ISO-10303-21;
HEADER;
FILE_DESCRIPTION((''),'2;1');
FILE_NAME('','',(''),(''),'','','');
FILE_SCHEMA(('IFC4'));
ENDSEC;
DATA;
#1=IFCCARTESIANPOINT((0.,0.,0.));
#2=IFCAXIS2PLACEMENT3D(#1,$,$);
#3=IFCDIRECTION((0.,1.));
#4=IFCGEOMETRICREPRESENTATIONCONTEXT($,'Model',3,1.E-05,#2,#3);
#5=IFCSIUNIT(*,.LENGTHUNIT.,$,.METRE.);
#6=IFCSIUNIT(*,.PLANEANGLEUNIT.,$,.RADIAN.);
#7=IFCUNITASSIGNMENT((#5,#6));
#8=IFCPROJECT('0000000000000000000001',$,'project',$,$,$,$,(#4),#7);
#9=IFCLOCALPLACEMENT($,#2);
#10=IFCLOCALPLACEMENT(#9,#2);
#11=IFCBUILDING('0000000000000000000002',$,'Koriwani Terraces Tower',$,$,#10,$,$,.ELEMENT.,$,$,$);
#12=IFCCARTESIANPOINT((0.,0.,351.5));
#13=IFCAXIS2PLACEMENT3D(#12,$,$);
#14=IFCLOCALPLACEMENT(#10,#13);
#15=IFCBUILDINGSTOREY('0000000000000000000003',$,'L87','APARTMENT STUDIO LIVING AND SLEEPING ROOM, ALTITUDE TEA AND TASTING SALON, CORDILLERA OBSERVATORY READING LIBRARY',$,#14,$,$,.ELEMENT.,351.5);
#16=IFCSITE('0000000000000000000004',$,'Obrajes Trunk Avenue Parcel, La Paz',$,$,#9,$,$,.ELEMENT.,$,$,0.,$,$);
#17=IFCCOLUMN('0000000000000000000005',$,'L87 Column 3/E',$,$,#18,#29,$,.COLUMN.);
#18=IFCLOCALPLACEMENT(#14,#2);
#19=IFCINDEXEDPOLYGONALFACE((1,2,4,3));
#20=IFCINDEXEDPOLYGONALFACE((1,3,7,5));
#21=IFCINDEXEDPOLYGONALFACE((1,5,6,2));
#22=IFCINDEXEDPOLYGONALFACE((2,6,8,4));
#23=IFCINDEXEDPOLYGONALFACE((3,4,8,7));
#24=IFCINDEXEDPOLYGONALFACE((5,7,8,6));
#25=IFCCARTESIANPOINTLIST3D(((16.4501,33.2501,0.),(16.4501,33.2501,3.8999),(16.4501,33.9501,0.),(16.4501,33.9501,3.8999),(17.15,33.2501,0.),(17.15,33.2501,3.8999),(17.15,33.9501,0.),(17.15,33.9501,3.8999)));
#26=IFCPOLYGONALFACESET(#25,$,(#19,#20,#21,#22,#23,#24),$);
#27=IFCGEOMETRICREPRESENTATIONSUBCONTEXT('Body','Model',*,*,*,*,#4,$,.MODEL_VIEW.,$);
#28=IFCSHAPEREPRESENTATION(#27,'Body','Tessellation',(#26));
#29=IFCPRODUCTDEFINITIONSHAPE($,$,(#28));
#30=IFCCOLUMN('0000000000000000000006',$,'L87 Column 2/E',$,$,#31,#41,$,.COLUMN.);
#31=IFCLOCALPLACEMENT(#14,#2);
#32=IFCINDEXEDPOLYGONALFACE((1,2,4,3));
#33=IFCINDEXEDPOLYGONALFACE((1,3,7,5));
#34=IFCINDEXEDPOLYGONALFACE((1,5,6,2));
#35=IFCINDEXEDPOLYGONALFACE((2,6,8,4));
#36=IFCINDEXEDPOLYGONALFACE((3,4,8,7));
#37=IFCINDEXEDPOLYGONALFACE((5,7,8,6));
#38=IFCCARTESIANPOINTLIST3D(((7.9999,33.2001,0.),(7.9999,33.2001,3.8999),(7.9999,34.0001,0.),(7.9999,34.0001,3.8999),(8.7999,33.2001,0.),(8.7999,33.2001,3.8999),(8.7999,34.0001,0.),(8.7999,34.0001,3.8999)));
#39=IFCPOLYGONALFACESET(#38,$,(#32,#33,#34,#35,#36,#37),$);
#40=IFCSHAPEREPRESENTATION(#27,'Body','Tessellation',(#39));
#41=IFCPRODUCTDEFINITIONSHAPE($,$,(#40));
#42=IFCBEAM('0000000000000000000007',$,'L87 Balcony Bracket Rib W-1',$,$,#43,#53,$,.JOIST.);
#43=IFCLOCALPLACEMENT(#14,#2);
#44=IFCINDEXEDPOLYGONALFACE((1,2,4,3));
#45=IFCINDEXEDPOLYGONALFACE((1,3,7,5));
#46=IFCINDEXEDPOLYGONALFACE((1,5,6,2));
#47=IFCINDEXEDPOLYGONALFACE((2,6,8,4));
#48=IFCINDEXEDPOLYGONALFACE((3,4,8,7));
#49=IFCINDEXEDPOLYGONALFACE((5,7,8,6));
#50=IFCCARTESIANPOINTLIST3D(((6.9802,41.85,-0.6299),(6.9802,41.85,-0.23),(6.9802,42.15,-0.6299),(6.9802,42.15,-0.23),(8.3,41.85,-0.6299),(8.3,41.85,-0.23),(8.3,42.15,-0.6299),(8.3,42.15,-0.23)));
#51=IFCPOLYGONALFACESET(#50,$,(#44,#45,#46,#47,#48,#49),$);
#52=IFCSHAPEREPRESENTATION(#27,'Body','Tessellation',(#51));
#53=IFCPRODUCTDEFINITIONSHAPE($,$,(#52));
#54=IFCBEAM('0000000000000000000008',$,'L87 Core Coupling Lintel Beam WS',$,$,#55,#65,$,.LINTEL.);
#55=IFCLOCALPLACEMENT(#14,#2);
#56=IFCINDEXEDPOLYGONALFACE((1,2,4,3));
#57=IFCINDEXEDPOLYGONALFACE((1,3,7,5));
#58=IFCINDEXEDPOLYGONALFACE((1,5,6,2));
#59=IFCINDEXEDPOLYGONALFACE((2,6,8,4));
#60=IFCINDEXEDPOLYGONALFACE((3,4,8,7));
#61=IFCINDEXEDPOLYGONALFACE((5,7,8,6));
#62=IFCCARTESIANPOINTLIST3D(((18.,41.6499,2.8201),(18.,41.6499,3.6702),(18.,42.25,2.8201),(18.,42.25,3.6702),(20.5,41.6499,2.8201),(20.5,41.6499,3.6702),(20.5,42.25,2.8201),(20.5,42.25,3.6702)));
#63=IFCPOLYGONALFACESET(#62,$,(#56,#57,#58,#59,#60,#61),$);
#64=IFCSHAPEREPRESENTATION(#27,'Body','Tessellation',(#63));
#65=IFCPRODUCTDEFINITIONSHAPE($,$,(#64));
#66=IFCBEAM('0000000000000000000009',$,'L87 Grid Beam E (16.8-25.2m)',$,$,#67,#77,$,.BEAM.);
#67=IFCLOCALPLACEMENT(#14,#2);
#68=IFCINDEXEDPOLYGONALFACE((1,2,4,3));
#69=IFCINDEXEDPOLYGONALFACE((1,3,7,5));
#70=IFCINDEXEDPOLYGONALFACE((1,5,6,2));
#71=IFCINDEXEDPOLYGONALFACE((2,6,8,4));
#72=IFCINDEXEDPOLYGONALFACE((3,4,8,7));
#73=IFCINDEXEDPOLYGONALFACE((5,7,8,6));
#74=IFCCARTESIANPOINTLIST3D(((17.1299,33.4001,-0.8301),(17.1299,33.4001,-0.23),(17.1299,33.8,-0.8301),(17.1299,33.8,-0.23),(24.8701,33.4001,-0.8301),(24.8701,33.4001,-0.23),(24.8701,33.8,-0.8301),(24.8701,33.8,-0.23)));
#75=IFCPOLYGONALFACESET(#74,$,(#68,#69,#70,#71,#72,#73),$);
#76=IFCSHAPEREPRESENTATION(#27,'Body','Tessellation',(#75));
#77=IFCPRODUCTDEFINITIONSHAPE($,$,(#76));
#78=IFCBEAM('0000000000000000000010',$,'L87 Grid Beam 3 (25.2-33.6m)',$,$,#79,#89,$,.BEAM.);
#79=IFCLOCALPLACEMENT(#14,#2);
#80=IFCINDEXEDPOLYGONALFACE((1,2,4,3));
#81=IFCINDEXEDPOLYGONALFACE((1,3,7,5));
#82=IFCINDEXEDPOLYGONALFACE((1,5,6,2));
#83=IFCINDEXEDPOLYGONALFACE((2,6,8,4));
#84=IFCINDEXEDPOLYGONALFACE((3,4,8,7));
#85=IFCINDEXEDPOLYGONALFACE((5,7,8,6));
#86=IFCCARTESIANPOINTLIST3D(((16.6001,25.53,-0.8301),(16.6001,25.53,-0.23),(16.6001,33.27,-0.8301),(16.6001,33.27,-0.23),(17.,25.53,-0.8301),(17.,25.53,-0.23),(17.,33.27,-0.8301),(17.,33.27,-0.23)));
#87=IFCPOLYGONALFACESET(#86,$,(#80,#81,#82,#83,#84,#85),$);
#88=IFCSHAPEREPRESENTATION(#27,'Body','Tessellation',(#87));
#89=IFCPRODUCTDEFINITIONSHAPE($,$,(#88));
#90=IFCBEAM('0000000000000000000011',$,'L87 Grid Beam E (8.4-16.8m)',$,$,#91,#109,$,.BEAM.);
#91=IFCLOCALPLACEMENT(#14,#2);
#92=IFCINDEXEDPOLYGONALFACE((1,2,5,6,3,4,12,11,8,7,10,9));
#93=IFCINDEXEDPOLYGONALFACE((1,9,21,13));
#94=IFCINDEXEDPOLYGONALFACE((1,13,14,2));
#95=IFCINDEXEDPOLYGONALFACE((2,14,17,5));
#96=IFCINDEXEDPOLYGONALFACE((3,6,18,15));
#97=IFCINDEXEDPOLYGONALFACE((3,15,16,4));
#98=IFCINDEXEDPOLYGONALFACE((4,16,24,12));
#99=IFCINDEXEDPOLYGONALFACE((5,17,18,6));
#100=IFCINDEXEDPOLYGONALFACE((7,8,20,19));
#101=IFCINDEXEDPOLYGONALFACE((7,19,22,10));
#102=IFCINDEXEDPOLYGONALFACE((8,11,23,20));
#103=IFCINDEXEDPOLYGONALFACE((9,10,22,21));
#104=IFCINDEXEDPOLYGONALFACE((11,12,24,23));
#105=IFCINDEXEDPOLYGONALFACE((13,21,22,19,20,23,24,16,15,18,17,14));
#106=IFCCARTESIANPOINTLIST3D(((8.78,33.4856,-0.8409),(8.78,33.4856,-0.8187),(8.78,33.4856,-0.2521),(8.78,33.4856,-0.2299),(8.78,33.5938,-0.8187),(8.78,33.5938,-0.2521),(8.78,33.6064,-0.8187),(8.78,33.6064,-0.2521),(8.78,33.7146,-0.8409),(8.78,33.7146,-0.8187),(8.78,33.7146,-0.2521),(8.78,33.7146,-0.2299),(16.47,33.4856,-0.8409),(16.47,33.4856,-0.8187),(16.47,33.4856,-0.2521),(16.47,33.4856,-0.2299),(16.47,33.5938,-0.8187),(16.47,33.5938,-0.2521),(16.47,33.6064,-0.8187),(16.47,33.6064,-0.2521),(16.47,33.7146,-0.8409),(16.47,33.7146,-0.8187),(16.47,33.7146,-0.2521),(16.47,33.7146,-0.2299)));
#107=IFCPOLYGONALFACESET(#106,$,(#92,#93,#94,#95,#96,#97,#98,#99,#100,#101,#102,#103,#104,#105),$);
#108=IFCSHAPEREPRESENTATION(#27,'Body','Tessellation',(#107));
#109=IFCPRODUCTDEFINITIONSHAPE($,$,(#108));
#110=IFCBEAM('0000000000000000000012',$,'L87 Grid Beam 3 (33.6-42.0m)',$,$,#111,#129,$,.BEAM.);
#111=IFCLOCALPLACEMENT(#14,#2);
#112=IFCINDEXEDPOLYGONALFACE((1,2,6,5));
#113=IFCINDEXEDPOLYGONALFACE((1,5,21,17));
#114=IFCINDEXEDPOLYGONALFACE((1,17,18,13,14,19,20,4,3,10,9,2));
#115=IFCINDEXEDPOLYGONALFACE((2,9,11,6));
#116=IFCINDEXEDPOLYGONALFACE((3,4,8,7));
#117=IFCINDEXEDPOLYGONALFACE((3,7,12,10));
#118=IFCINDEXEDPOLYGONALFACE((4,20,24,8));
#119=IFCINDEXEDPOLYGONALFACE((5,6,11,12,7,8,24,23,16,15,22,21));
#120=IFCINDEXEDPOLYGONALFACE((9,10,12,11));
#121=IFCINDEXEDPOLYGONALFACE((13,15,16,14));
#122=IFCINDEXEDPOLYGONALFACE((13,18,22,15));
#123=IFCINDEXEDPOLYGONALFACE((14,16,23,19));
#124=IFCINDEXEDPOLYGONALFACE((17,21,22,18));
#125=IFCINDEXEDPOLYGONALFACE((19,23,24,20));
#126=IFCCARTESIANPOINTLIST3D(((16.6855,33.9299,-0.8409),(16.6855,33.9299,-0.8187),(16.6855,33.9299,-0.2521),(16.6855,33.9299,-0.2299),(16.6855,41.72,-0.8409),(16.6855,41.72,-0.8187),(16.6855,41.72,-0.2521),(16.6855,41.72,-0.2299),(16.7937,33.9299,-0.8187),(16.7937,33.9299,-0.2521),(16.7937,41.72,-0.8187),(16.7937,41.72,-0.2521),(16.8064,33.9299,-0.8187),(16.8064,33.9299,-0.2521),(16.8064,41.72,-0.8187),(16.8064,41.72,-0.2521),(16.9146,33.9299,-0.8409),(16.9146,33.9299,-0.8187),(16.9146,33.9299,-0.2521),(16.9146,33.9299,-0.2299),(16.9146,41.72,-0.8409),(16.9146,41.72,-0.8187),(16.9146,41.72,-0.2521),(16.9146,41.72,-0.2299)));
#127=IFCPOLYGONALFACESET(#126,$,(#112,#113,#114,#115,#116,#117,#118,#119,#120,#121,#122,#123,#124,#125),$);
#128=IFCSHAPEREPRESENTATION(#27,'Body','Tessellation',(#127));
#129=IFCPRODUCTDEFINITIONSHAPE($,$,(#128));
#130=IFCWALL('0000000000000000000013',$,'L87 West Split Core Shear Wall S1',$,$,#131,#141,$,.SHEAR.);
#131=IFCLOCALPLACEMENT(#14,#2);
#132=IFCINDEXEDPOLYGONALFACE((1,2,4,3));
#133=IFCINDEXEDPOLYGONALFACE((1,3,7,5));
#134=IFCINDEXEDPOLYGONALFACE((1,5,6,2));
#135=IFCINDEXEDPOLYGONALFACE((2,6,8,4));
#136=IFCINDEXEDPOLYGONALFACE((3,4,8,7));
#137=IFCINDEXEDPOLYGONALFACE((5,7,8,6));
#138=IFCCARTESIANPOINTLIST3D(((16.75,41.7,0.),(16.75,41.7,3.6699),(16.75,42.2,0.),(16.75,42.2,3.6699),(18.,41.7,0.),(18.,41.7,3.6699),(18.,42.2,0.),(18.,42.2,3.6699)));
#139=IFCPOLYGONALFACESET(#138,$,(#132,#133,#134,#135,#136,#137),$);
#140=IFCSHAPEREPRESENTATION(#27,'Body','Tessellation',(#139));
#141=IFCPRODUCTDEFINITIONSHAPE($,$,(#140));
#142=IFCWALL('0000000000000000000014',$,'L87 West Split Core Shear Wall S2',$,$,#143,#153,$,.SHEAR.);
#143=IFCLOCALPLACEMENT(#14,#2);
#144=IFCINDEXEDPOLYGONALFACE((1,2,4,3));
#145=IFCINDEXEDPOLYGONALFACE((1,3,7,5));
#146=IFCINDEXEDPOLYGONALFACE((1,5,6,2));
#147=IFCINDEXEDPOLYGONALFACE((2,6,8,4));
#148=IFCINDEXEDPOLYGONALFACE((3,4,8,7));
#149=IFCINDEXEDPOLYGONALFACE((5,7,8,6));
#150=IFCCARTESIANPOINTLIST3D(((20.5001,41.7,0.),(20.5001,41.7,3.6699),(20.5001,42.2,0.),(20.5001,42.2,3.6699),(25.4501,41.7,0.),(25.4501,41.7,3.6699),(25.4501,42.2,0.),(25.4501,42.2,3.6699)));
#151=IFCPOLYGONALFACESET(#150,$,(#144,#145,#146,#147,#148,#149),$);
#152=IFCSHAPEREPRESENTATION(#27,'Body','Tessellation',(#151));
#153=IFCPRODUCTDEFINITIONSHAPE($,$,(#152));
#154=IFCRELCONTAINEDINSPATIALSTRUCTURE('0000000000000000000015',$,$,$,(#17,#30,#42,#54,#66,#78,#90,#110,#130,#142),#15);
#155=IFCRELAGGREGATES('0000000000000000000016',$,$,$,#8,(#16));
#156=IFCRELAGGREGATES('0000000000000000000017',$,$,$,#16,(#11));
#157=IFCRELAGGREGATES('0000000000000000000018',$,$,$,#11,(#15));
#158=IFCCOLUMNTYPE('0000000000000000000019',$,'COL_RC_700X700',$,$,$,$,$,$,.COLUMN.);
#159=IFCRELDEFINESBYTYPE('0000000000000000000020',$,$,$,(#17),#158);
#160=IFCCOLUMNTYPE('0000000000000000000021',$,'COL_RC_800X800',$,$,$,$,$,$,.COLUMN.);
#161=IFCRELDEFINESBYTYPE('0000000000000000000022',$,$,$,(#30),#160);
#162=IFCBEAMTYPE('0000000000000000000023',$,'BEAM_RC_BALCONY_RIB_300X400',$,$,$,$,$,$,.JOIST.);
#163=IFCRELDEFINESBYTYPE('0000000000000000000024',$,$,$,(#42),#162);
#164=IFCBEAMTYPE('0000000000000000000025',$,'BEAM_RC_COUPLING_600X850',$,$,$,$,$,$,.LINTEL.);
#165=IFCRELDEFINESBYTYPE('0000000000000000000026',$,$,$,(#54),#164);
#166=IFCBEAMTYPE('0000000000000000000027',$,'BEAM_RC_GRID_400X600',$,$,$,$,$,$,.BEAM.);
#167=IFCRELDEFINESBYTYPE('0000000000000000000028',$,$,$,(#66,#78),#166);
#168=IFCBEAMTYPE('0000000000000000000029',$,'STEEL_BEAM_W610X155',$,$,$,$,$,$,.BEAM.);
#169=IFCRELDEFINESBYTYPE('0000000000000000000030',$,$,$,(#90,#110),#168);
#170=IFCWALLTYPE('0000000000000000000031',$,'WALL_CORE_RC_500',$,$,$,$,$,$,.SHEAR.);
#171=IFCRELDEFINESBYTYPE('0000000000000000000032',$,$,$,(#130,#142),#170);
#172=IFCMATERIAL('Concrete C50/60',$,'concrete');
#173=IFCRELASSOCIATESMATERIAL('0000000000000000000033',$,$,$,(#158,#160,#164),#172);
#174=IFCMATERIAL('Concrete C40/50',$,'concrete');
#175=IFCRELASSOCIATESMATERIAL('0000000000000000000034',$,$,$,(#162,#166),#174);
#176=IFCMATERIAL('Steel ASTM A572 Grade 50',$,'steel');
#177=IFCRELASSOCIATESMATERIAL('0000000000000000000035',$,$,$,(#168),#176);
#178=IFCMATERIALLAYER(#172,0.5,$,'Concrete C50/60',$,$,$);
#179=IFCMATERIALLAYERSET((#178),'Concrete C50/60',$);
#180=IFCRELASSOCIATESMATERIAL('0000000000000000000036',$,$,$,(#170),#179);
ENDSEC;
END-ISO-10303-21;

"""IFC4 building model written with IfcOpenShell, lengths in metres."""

from ifc_helpers import new_model, si_unit, direction, frame, frame_2d, origin, origin_2d, place, context, subcontext, project, spatial, rectangle, i_section, extrude, material, layer, layer_set, material_profile, profile_set, type_object, element, save


model = new_model("IFC4")

# Units and contexts
model_context = context("Model", 3, precision=1e-05, world=origin(), true_north=direction((0.0, 1.0)))
body_context = subcontext(model_context, "Body", "Model", "MODEL_VIEW")
ifc_project = project(units=[si_unit("LENGTHUNIT", "METRE"), si_unit("PLANEANGLEUNIT", "RADIAN")], contexts=[model_context])

# Site, building, storey
site_placement = place(None, origin())
site = spatial("IfcSite", under=ifc_project, at=site_placement, Name="Obrajes Trunk Avenue Parcel, La Paz", CompositionType="ELEMENT", RefElevation=0.0)
building_placement = place(site_placement, origin())
building = spatial("IfcBuilding", under=site, at=building_placement, Name="Koriwani Terraces Tower", CompositionType="ELEMENT")
storey_placement = place(building_placement, frame((0.0, 0.0, 351.5)))
storey = spatial("IfcBuildingStorey", under=building, at=storey_placement, Name="L87", Description="APARTMENT STUDIO LIVING AND SLEEPING ROOM, ALTITUDE TEA AND TASTING SALON, CORDILLERA OBSERVATORY READING LIBRARY", CompositionType="ELEMENT", Elevation=351.5)

# Columns
ifc_material_1 = material(Name="Concrete C50/60", Category="concrete")
ifc_material_profile_1 = material_profile(ifc_material_1, rectangle(XDim=0.7, YDim=0.7, at=origin_2d()), Name="Concrete C50/60", Category="LoadBearing")
ifc_profile_set_1 = profile_set([ifc_material_profile_1], Name="Concrete C50/60")
column_type_1 = type_object("IfcColumnType", Name="COL_RC_700X700", PredefinedType="COLUMN", material=ifc_profile_set_1)
column_1_placement = place(storey_placement, frame((16.8, 33.6001, 0.0), z_axis=(0.0, 0.0, 1.0), x_axis=(1.0, 0.0, 0.0)))
element("IfcColumn", 1, at=column_1_placement, inside=storey, type_object=column_type_1, Name="L87 Column 3/E", PredefinedType="COLUMN", context=body_context, shape_type="SweptSolid", body=[
    extrude(rectangle(XDim=0.7, YDim=0.7, at=origin_2d()), origin(), (0.0, 0.0, 1.0), 3.8999),
])
ifc_material_profile_2 = material_profile(ifc_material_1, rectangle(XDim=0.8, YDim=0.8, at=origin_2d()), Name="Concrete C50/60", Category="LoadBearing")
ifc_profile_set_2 = profile_set([ifc_material_profile_2], Name="Concrete C50/60")
column_type_2 = type_object("IfcColumnType", Name="COL_RC_800X800", PredefinedType="COLUMN", material=ifc_profile_set_2)
column_2_placement = place(storey_placement, frame((8.3999, 33.6001, 0.0), z_axis=(0.0, 0.0, 1.0), x_axis=(1.0, 0.0, 0.0)))
element("IfcColumn", 2, at=column_2_placement, inside=storey, type_object=column_type_2, Name="L87 Column 2/E", PredefinedType="COLUMN", context=body_context, shape_type="SweptSolid", body=[
    extrude(rectangle(XDim=0.8, YDim=0.8, at=origin_2d()), origin(), (0.0, 0.0, 1.0), 3.8999),
])

# Beams
ifc_material_2 = material(Name="Concrete C40/50", Category="concrete")
ifc_material_profile_3 = material_profile(ifc_material_2, rectangle(XDim=0.3, YDim=0.3999, at=origin_2d()), Name="Concrete C40/50", Category="LoadBearing")
ifc_profile_set_3 = profile_set([ifc_material_profile_3], Name="Concrete C40/50")
beam_type_1 = type_object("IfcBeamType", Name="BEAM_RC_BALCONY_RIB_300X400", PredefinedType="JOIST", material=ifc_profile_set_3)
beam_1_placement = place(storey_placement, frame((6.9802, 42.0, -0.4299), z_axis=(1.0, 0.0, 0.0), x_axis=(0.0, 1.0, 0.0)))
element("IfcBeam", 3, at=beam_1_placement, inside=storey, type_object=beam_type_1, Name="L87 Balcony Bracket Rib W-1", PredefinedType="JOIST", context=body_context, shape_type="SweptSolid", body=[
    extrude(rectangle(XDim=0.3, YDim=0.3999, at=origin_2d()), origin(), (0.0, 0.0, 1.0), 1.3198),
])
ifc_material_profile_4 = material_profile(ifc_material_1, rectangle(XDim=0.6001, YDim=0.8501, at=origin_2d()), Name="Concrete C50/60", Category="LoadBearing")
ifc_profile_set_4 = profile_set([ifc_material_profile_4], Name="Concrete C50/60")
beam_type_2 = type_object("IfcBeamType", Name="BEAM_RC_COUPLING_600X850", PredefinedType="LINTEL", material=ifc_profile_set_4)
beam_2_placement = place(storey_placement, frame((18.0, 41.95, 3.2451), z_axis=(1.0, 0.0, 0.0), x_axis=(0.0, 1.0, 0.0)))
element("IfcBeam", 4, at=beam_2_placement, inside=storey, type_object=beam_type_2, Name="L87 Core Coupling Lintel Beam WS", PredefinedType="LINTEL", context=body_context, shape_type="SweptSolid", body=[
    extrude(rectangle(XDim=0.6001, YDim=0.8501, at=origin_2d()), origin(), (0.0, 0.0, 1.0), 2.5),
])
ifc_material_profile_5 = material_profile(ifc_material_2, rectangle(XDim=0.3999, YDim=0.6001, at=origin_2d()), Name="Concrete C40/50", Category="LoadBearing")
ifc_profile_set_5 = profile_set([ifc_material_profile_5], Name="Concrete C40/50")
beam_type_3 = type_object("IfcBeamType", Name="BEAM_RC_GRID_400X600", PredefinedType="BEAM", material=ifc_profile_set_5)
beam_3_placement = place(storey_placement, frame((17.1299, 33.6001, -0.53), z_axis=(1.0, 0.0, 0.0), x_axis=(0.0, 1.0, 0.0)))
element("IfcBeam", 5, at=beam_3_placement, inside=storey, type_object=beam_type_3, Name="L87 Grid Beam E (16.8-25.2m)", PredefinedType="BEAM", context=body_context, shape_type="SweptSolid", body=[
    extrude(rectangle(XDim=0.3999, YDim=0.6001, at=origin_2d()), origin(), (0.0, 0.0, 1.0), 7.7402),
])
beam_4_placement = place(storey_placement, frame((16.8, 25.53, -0.53), z_axis=(0.0, 1.0, 0.0), x_axis=(-1.0, 0.0, 0.0)))
element("IfcBeam", 6, at=beam_4_placement, inside=storey, type_object=beam_type_3, Name="L87 Grid Beam 3 (25.2-33.6m)", PredefinedType="BEAM", context=body_context, shape_type="SweptSolid", body=[
    extrude(rectangle(XDim=0.3999, YDim=0.6001, at=origin_2d()), origin(), (0.0, 0.0, 1.0), 7.74),
])
ifc_material_3 = material(Name="Steel ASTM A572 Grade 50", Category="steel")
ifc_material_profile_6 = material_profile(ifc_material_3, i_section(OverallWidth=0.229, OverallDepth=0.6111, WebThickness=0.0127, FlangeThickness=0.0222, at=origin_2d()), Name="Steel ASTM A572 Grade 50", Category="LoadBearing")
ifc_profile_set_6 = profile_set([ifc_material_profile_6], Name="Steel ASTM A572 Grade 50")
beam_type_4 = type_object("IfcBeamType", Name="STEEL_BEAM_W610X155", PredefinedType="BEAM", material=ifc_profile_set_6)
beam_5_placement = place(storey_placement, frame((8.78, 33.6001, -0.5354), z_axis=(1.0, 0.0, 0.0), x_axis=(0.0, 1.0, 0.0)))
element("IfcBeam", 7, at=beam_5_placement, inside=storey, type_object=beam_type_4, Name="L87 Grid Beam E (8.4-16.8m)", PredefinedType="BEAM", context=body_context, shape_type="SweptSolid", body=[
    extrude(i_section(OverallWidth=0.229, OverallDepth=0.6111, WebThickness=0.0127, FlangeThickness=0.0222, at=origin_2d()), origin(), (0.0, 0.0, 1.0), 7.6899),
])
beam_6_placement = place(storey_placement, frame((16.8, 33.9299, -0.5354), z_axis=(0.0, 1.0, 0.0), x_axis=(-1.0, 0.0, 0.0)))
element("IfcBeam", 8, at=beam_6_placement, inside=storey, type_object=beam_type_4, Name="L87 Grid Beam 3 (33.6-42.0m)", PredefinedType="BEAM", context=body_context, shape_type="SweptSolid", body=[
    extrude(i_section(OverallWidth=0.229, OverallDepth=0.6111, WebThickness=0.0127, FlangeThickness=0.0222, at=origin_2d()), origin(), (0.0, 0.0, 1.0), 7.79),
])

# Walls
ifc_layer_1 = layer(ifc_material_1, 0.5, Name="Concrete C50/60")
ifc_layer_set_1 = layer_set([ifc_layer_1], Name="Concrete C50/60")
wall_type_1 = type_object("IfcWallType", Name="WALL_CORE_RC_500", PredefinedType="SHEAR", material=ifc_layer_set_1)
wall_1_placement = place(storey_placement, frame((16.75, 41.95, 0.0), z_axis=(0.0, 0.0, 1.0), x_axis=(1.0, 0.0, 0.0)))
element("IfcWall", 9, at=wall_1_placement, inside=storey, type_object=wall_type_1, Name="L87 West Split Core Shear Wall S1", PredefinedType="SHEAR", context=body_context, shape_type="SweptSolid", body=[
    extrude(rectangle(XDim=1.25, YDim=0.5, at=frame_2d((0.625, 0.0))), origin(), (0.0, 0.0, 1.0), 3.6699),
])
wall_2_placement = place(storey_placement, frame((20.5, 41.95, 0.0), z_axis=(0.0, 0.0, 1.0), x_axis=(1.0, 0.0, 0.0)))
element("IfcWall", 10, at=wall_2_placement, inside=storey, type_object=wall_type_1, Name="L87 West Split Core Shear Wall S2", PredefinedType="SHEAR", context=body_context, shape_type="SweptSolid", body=[
    extrude(rectangle(XDim=4.95, YDim=0.5, at=frame_2d((2.4751, 0.0))), origin(), (0.0, 0.0, 1.0), 3.6699),
])

save(model, "model.ifc")
